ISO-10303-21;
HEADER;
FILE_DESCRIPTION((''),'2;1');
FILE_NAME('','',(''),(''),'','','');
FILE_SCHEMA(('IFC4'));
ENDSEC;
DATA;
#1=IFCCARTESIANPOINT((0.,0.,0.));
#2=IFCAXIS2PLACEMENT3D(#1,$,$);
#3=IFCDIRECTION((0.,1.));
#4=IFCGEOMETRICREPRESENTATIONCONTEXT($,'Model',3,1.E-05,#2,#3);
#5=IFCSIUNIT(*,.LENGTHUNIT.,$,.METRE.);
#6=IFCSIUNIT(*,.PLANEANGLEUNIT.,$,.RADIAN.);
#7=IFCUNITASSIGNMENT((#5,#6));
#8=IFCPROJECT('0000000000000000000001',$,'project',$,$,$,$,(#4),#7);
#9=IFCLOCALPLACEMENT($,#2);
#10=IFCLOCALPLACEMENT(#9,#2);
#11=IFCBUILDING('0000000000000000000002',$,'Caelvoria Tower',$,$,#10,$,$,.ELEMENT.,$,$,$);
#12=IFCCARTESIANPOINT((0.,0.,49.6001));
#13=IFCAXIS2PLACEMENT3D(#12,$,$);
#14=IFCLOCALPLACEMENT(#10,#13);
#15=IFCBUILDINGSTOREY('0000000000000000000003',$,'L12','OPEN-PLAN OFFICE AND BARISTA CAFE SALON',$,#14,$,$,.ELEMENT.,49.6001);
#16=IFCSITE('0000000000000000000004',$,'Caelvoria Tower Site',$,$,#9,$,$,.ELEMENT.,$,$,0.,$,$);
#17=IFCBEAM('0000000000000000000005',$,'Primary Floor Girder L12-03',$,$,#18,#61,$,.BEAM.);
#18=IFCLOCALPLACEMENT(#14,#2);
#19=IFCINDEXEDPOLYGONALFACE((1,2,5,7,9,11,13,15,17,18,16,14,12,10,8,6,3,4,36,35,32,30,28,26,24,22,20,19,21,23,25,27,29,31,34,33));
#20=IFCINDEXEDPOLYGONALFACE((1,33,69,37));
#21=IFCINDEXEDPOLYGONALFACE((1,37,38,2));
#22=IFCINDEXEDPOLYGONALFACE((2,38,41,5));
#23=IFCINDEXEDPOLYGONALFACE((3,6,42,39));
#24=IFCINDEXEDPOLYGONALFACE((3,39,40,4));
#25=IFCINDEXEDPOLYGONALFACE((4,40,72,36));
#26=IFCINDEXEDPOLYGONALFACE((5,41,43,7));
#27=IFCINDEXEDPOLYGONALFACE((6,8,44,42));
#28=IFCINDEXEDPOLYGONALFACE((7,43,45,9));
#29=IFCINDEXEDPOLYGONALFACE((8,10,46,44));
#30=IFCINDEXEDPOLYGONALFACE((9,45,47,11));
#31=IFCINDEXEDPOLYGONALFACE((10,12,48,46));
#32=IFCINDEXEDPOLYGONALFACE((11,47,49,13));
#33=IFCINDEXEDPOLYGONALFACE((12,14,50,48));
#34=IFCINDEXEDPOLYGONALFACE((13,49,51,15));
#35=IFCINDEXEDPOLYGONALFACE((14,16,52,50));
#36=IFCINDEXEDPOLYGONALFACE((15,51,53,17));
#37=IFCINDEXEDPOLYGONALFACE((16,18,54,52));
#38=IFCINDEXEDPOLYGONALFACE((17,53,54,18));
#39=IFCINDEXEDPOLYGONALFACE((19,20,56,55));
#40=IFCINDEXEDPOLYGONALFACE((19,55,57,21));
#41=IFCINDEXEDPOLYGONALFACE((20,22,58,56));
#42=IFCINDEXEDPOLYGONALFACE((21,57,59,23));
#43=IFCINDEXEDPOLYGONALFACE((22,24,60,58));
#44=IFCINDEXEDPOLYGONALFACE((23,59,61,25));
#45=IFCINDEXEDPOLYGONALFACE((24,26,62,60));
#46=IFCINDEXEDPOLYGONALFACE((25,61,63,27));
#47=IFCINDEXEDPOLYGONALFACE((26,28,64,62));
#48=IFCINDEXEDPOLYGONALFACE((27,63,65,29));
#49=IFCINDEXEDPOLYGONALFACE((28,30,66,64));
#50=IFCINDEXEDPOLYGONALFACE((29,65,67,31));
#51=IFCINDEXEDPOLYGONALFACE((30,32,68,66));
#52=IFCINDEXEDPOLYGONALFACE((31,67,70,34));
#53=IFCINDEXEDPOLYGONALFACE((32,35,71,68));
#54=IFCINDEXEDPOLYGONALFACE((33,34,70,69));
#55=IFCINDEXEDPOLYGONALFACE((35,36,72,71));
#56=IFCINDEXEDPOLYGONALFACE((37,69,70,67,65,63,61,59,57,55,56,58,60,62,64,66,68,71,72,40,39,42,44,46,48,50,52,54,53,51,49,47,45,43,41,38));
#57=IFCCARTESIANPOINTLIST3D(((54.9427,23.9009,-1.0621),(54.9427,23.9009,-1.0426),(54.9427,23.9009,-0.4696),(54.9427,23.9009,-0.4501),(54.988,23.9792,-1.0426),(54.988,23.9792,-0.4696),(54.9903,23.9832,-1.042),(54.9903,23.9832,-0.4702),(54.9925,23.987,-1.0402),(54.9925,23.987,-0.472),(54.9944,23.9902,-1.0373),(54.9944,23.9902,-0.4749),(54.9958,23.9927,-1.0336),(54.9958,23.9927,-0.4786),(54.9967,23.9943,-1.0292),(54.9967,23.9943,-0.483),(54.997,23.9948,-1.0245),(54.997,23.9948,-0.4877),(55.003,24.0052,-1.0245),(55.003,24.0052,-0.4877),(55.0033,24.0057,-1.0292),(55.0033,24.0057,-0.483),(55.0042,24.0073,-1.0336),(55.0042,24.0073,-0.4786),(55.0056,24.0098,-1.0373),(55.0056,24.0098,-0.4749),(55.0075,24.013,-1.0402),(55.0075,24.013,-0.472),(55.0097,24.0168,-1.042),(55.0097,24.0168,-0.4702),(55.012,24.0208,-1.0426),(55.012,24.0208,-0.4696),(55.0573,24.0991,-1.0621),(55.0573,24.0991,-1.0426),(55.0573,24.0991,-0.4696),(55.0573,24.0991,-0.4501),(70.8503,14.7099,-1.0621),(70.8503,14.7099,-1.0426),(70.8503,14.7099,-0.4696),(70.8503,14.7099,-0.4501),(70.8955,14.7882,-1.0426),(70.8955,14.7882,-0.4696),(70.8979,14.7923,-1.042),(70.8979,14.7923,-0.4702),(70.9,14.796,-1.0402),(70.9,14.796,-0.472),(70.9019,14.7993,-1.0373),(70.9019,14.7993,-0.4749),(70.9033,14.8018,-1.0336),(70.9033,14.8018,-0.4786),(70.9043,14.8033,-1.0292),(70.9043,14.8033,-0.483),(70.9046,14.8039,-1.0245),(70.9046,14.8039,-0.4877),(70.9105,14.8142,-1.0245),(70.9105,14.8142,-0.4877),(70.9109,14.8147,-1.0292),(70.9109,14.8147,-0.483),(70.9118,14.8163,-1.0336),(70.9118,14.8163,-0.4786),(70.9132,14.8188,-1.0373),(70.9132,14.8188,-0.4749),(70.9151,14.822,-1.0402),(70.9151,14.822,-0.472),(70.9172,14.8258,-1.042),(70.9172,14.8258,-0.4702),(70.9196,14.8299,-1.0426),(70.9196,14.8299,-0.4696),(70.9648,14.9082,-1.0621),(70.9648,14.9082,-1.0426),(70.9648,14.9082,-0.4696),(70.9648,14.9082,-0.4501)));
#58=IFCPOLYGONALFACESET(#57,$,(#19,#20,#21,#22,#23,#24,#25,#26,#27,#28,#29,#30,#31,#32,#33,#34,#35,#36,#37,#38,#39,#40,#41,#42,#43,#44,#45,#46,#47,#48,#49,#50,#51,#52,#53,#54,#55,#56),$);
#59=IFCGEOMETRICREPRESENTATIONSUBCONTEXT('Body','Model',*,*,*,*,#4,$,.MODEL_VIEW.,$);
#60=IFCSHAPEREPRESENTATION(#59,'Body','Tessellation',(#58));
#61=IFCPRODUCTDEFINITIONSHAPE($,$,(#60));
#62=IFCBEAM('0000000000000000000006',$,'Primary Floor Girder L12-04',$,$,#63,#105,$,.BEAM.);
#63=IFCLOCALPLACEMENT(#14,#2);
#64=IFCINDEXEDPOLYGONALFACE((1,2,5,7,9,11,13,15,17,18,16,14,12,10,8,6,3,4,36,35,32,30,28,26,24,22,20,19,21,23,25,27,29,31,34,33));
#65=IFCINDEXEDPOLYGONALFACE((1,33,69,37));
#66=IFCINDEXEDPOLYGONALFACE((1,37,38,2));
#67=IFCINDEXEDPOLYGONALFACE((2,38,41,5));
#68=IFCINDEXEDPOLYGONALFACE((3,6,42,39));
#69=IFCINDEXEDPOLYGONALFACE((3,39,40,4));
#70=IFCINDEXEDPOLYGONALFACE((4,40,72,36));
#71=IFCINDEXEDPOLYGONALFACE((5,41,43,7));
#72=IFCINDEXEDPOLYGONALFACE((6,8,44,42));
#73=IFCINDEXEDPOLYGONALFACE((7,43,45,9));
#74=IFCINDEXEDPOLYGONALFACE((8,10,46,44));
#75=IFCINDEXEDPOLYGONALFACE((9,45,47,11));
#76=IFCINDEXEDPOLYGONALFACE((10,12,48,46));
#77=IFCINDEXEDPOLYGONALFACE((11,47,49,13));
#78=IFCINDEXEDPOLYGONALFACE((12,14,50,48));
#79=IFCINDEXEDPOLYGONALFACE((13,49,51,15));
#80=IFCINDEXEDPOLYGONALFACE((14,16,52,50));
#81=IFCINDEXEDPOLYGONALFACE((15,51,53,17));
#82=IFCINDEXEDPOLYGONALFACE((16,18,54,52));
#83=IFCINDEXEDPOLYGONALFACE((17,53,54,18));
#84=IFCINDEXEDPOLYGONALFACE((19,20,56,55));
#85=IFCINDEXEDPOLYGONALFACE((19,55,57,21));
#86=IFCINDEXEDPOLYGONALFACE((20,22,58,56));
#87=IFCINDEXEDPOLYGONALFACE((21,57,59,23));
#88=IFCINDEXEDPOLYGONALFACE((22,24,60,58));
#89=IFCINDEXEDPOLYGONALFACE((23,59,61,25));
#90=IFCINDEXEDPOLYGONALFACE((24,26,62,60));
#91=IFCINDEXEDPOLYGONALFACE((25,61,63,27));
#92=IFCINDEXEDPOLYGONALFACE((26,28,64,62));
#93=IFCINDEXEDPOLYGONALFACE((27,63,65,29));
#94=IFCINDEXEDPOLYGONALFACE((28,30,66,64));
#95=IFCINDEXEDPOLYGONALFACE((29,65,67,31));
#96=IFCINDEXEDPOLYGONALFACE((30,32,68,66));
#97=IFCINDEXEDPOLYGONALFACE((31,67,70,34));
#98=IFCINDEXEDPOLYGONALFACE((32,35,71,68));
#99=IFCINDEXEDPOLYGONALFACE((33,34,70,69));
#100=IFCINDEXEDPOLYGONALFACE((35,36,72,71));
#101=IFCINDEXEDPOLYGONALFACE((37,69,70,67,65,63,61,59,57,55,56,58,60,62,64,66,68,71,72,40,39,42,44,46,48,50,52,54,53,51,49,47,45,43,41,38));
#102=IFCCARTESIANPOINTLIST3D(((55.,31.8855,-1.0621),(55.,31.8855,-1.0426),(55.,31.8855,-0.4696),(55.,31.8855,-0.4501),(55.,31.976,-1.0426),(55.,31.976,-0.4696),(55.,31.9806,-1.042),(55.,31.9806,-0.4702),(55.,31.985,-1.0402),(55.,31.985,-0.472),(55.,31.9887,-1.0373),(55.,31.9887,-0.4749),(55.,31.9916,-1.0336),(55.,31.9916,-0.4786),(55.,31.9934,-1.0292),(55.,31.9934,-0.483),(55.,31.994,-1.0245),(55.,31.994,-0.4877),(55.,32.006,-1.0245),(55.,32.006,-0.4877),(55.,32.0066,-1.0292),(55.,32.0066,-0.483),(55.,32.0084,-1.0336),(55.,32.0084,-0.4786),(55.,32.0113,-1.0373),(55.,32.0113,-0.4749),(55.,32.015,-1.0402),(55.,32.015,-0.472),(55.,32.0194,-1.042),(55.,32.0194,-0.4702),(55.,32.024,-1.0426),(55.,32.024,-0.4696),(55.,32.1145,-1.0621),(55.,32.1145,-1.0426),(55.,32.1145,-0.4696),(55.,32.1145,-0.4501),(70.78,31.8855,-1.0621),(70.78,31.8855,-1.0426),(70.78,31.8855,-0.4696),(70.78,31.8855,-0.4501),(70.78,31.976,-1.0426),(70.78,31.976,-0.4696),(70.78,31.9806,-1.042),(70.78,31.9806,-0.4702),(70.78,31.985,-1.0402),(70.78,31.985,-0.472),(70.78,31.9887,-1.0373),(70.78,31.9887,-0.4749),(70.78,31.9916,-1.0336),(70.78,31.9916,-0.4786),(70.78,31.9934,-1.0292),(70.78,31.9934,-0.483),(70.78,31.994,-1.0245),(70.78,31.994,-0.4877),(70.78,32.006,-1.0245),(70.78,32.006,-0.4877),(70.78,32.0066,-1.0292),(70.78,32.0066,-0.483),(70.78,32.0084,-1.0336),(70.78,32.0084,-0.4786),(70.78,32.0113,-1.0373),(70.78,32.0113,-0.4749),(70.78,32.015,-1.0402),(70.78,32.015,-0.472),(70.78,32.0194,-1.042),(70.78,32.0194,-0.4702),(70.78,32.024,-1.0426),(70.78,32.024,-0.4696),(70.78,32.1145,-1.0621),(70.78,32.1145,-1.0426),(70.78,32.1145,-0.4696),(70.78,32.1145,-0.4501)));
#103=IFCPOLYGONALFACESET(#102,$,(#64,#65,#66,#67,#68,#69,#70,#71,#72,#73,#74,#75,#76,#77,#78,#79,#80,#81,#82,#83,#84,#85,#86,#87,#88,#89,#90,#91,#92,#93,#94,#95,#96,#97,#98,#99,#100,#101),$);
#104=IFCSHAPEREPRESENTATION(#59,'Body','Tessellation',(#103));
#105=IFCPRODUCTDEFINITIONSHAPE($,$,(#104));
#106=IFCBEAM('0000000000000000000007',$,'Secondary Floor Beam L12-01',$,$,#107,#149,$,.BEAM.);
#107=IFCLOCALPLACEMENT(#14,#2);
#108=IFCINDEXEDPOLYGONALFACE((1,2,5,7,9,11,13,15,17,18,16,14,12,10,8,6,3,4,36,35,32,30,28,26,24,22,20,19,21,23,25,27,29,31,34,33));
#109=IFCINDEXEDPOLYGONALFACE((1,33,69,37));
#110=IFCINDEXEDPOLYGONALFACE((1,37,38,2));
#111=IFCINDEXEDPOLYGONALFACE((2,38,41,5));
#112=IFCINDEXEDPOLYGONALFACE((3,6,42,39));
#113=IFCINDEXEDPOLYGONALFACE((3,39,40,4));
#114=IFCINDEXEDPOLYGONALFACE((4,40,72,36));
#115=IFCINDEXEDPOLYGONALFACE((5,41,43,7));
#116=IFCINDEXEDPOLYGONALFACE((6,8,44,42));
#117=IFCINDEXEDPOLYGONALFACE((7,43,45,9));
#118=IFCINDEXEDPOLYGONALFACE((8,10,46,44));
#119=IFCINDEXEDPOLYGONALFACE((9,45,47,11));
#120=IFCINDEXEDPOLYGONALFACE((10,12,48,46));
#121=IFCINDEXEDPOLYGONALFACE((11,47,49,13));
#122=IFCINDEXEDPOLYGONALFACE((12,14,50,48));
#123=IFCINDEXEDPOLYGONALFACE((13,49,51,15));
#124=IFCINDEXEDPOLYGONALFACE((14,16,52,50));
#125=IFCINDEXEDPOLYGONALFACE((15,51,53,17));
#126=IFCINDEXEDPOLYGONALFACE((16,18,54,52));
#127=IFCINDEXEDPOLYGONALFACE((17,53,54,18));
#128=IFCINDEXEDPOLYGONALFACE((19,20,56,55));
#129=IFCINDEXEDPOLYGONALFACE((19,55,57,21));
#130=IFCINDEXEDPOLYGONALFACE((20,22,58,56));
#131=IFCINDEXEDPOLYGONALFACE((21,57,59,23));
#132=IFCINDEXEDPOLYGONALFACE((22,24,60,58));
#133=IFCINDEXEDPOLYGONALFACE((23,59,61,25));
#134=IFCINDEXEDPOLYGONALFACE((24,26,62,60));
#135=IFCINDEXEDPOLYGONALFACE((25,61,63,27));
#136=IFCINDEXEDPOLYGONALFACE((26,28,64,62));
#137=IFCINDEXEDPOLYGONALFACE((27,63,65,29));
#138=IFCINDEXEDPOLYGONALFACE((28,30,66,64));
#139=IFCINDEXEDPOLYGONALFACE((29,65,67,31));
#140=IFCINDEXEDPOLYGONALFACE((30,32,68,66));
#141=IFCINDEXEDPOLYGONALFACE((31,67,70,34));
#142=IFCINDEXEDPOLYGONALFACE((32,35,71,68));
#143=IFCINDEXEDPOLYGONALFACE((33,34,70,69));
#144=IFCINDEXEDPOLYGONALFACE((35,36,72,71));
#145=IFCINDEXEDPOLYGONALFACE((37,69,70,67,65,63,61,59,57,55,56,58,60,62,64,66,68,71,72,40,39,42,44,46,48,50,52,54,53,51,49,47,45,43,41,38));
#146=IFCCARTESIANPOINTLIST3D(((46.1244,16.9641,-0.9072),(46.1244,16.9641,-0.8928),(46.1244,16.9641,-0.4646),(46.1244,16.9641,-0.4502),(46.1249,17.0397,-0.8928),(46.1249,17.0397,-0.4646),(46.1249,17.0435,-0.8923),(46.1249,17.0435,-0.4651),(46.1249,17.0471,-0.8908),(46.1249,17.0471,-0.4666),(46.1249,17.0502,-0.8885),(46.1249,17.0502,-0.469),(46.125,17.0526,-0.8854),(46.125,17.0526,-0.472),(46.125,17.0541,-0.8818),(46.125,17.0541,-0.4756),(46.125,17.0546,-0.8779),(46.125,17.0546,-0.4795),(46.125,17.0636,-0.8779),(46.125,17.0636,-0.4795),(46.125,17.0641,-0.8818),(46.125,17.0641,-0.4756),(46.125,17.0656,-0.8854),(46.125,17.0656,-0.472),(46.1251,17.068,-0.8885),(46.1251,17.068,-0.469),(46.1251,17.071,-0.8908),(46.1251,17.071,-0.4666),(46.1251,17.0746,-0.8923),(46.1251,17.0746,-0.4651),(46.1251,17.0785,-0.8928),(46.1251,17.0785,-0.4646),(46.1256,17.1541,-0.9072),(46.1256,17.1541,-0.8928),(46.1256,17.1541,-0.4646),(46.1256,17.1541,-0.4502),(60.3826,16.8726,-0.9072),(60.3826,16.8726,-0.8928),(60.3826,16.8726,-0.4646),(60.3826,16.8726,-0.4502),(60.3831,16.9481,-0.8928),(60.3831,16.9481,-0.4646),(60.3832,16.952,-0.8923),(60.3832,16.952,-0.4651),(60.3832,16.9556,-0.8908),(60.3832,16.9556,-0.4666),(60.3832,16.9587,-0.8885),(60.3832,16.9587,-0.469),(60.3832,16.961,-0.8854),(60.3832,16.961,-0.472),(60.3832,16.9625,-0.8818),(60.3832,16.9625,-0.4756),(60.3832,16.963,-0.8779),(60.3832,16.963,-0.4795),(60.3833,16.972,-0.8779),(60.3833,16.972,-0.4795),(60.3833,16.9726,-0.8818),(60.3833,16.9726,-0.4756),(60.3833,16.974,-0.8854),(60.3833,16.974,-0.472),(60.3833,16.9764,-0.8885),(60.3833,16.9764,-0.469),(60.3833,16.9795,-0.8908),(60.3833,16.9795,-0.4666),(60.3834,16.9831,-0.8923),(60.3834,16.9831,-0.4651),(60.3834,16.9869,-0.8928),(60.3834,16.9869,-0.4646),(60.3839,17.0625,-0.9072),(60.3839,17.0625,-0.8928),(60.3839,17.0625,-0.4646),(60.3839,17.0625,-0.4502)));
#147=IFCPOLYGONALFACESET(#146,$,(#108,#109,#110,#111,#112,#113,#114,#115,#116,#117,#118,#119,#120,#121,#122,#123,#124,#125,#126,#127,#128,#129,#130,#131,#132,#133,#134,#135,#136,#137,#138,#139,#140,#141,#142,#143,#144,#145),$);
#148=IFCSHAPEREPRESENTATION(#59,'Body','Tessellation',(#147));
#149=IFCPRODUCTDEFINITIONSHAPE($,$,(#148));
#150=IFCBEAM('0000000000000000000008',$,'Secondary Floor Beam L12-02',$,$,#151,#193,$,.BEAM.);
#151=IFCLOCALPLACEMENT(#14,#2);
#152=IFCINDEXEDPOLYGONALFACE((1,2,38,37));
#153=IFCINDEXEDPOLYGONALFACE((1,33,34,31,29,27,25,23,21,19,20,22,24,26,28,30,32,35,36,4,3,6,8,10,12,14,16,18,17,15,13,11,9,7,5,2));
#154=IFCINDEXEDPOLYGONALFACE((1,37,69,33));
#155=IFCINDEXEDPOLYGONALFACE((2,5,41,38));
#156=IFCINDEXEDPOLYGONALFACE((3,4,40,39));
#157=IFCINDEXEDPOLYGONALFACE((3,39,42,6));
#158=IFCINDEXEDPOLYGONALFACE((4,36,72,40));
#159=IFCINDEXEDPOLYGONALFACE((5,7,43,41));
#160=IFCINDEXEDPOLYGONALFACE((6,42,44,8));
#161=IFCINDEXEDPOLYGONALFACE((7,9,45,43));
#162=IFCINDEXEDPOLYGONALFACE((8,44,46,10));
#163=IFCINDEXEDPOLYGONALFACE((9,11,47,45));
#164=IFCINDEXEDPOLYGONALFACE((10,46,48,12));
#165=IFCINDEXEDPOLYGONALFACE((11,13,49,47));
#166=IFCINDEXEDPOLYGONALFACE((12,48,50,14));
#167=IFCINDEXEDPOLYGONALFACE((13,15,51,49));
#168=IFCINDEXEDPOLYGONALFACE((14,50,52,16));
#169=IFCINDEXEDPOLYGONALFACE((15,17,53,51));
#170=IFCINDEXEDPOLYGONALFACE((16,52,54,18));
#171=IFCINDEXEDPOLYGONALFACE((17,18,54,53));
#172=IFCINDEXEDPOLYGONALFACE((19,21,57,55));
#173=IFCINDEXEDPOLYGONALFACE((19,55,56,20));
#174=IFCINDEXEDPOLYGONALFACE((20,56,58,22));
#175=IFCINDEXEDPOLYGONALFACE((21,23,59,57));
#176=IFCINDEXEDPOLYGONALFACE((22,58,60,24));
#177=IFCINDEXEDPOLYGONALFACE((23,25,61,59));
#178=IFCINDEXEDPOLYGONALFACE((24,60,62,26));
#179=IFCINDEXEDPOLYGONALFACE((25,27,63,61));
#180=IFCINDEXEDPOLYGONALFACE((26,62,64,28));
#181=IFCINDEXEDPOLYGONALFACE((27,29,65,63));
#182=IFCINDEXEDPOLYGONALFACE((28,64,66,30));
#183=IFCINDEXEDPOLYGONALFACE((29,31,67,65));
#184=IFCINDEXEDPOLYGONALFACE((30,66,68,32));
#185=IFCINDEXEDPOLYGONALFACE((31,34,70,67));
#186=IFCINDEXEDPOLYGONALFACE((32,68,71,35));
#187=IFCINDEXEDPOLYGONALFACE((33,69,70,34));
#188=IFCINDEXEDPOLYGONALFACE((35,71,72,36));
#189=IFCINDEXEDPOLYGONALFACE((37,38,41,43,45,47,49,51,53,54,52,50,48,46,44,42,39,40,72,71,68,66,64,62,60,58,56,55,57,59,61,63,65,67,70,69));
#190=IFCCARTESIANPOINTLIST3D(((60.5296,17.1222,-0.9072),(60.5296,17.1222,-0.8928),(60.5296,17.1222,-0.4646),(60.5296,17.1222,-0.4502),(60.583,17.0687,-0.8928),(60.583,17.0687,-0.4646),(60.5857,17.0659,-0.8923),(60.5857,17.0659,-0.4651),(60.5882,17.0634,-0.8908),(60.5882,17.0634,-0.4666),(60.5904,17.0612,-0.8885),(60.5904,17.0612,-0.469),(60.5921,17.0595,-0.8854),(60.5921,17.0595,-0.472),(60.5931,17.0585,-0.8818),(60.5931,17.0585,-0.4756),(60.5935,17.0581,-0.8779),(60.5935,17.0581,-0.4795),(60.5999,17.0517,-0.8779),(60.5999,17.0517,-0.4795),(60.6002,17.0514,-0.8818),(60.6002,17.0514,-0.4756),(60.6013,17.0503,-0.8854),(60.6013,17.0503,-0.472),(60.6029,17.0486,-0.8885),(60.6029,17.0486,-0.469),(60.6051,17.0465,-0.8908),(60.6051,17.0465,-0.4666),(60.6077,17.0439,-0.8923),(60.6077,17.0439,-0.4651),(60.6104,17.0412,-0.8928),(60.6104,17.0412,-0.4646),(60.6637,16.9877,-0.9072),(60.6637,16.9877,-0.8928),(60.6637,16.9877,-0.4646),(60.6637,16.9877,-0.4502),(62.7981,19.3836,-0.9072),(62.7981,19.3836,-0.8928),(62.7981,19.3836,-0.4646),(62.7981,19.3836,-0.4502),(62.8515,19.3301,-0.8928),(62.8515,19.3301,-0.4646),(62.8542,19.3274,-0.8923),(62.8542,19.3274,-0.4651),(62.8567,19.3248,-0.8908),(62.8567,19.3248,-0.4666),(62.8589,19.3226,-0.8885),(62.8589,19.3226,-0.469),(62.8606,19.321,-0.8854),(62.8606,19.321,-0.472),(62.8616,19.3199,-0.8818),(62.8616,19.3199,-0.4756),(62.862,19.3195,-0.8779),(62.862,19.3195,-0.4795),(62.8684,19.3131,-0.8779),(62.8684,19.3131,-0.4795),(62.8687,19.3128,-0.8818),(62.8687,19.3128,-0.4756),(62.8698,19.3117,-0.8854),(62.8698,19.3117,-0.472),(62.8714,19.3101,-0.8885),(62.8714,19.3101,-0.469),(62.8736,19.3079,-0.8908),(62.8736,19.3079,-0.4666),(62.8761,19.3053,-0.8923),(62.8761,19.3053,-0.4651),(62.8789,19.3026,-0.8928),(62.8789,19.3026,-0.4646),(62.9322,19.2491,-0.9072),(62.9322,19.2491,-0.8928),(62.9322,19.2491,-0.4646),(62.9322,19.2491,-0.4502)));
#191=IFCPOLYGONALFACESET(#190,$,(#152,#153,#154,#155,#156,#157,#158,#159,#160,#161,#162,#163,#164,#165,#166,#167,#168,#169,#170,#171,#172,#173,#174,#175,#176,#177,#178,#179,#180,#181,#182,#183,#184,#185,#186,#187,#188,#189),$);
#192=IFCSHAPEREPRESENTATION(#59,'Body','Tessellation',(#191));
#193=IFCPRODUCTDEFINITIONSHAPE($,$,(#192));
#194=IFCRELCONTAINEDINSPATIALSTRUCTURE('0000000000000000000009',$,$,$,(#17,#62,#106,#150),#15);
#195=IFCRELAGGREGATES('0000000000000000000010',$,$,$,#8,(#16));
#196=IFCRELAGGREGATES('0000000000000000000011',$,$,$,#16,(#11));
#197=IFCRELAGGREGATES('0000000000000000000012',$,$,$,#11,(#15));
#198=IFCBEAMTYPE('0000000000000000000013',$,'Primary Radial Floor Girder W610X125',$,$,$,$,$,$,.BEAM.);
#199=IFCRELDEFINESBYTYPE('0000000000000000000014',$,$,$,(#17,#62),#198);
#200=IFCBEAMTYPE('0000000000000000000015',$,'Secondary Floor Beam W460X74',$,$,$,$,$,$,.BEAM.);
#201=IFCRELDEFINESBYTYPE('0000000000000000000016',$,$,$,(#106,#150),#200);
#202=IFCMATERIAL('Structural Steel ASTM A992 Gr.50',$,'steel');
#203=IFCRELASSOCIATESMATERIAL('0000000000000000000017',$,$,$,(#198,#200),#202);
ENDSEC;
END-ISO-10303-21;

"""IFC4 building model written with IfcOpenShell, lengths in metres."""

from ifc_helpers import new_model, si_unit, direction, frame, origin, origin_2d, place, context, subcontext, project, spatial, i_section, extrude, material, material_profile, profile_set, type_object, element, save


model = new_model("IFC4")

# Units and contexts
model_context = context("Model", 3, precision=1e-05, world=origin(), true_north=direction((0.0, 1.0)))
body_context = subcontext(model_context, "Body", "Model", "MODEL_VIEW")
ifc_project = project(units=[si_unit("LENGTHUNIT", "METRE"), si_unit("PLANEANGLEUNIT", "RADIAN")], contexts=[model_context])

# Site, building, storey
site_placement = place(None, origin())
site = spatial("IfcSite", under=ifc_project, at=site_placement, Name="Caelvoria Tower Site", CompositionType="ELEMENT", RefElevation=0.0)
building_placement = place(site_placement, origin())
building = spatial("IfcBuilding", under=site, at=building_placement, Name="Caelvoria Tower", CompositionType="ELEMENT")
storey_placement = place(building_placement, frame((0.0, 0.0, 49.6001)))
storey = spatial("IfcBuildingStorey", under=building, at=storey_placement, Name="L12", Description="OPEN-PLAN OFFICE AND BARISTA CAFE SALON", CompositionType="ELEMENT", Elevation=49.6001)

# Beams
ifc_material_1 = material(Name="Structural Steel ASTM A992 Gr.50", Category="steel")
ifc_material_profile_1 = material_profile(ifc_material_1, i_section(OverallWidth=0.229, OverallDepth=0.6121, WebThickness=0.012, FlangeThickness=0.0195, FilletRadius=0.0181, at=origin_2d()), Name="Structural Steel ASTM A992 Gr.50")
ifc_profile_set_1 = profile_set([ifc_material_profile_1], Name="W610X125 - Structural Steel ASTM A992 Gr.50")
beam_type_1 = type_object("IfcBeamType", Name="Primary Radial Floor Girder W610X125", PredefinedType="BEAM", material=ifc_profile_set_1)
beam_1_placement = place(storey_placement, frame((55.0, 24.0, -0.7561), z_axis=(0.865867, -0.500275, 0.0), x_axis=(0.500275, 0.865867, 0.0)))
element("IfcBeam", 1, at=beam_1_placement, inside=storey, type_object=beam_type_1, Name="Primary Floor Girder L12-03", PredefinedType="BEAM", context=body_context, shape_type="SweptSolid", body=[
    extrude(i_section(OverallWidth=0.229, OverallDepth=0.6121, WebThickness=0.012, FlangeThickness=0.0195, FilletRadius=0.0181, at=origin_2d()), origin(), (0.0, 0.0, 1.0), 18.3718),
])
beam_2_placement = place(storey_placement, frame((55.0, 32.0, -0.7561), z_axis=(1.0, 0.0, 0.0), x_axis=(0.0, 1.0, 0.0)))
element("IfcBeam", 2, at=beam_2_placement, inside=storey, type_object=beam_type_1, Name="Primary Floor Girder L12-04", PredefinedType="BEAM", context=body_context, shape_type="SweptSolid", body=[
    extrude(i_section(OverallWidth=0.229, OverallDepth=0.6121, WebThickness=0.012, FlangeThickness=0.0195, FilletRadius=0.0181, at=origin_2d()), origin(), (0.0, 0.0, 1.0), 15.78),
])
ifc_material_profile_2 = material_profile(ifc_material_1, i_section(OverallWidth=0.1899, OverallDepth=0.457, WebThickness=0.009, FlangeThickness=0.0144, FilletRadius=0.0149, at=origin_2d()), Name="Structural Steel ASTM A992 Gr.50")
ifc_profile_set_2 = profile_set([ifc_material_profile_2], Name="W460X74 - Structural Steel ASTM A992 Gr.50")
beam_type_2 = type_object("IfcBeamType", Name="Secondary Floor Beam W460X74", PredefinedType="BEAM", material=ifc_profile_set_2)
beam_3_placement = place(storey_placement, frame((46.125, 17.0591, -0.6787), z_axis=(0.999979, -0.006421, 0.0), x_axis=(0.006421, 0.999979, 0.0)))
element("IfcBeam", 3, at=beam_3_placement, inside=storey, type_object=beam_type_2, Name="Secondary Floor Beam L12-01", PredefinedType="BEAM", context=body_context, shape_type="SweptSolid", body=[
    extrude(i_section(OverallWidth=0.1899, OverallDepth=0.457, WebThickness=0.009, FlangeThickness=0.0144, FilletRadius=0.0149, at=origin_2d()), origin(), (0.0, 0.0, 1.0), 14.2585),
])
beam_4_placement = place(storey_placement, frame((60.5967, 17.0549, -0.6787), z_axis=(0.708211, 0.706001, 0.0), x_axis=(-0.706001, 0.708211, 0.0)))
element("IfcBeam", 4, at=beam_4_placement, inside=storey, type_object=beam_type_2, Name="Secondary Floor Beam L12-02", PredefinedType="BEAM", context=body_context, shape_type="SweptSolid", body=[
    extrude(i_section(OverallWidth=0.1899, OverallDepth=0.457, WebThickness=0.009, FlangeThickness=0.0144, FilletRadius=0.0149, at=origin_2d()), origin(), (0.0, 0.0, 1.0), 3.2031),
])

save(model, "model.ifc")
